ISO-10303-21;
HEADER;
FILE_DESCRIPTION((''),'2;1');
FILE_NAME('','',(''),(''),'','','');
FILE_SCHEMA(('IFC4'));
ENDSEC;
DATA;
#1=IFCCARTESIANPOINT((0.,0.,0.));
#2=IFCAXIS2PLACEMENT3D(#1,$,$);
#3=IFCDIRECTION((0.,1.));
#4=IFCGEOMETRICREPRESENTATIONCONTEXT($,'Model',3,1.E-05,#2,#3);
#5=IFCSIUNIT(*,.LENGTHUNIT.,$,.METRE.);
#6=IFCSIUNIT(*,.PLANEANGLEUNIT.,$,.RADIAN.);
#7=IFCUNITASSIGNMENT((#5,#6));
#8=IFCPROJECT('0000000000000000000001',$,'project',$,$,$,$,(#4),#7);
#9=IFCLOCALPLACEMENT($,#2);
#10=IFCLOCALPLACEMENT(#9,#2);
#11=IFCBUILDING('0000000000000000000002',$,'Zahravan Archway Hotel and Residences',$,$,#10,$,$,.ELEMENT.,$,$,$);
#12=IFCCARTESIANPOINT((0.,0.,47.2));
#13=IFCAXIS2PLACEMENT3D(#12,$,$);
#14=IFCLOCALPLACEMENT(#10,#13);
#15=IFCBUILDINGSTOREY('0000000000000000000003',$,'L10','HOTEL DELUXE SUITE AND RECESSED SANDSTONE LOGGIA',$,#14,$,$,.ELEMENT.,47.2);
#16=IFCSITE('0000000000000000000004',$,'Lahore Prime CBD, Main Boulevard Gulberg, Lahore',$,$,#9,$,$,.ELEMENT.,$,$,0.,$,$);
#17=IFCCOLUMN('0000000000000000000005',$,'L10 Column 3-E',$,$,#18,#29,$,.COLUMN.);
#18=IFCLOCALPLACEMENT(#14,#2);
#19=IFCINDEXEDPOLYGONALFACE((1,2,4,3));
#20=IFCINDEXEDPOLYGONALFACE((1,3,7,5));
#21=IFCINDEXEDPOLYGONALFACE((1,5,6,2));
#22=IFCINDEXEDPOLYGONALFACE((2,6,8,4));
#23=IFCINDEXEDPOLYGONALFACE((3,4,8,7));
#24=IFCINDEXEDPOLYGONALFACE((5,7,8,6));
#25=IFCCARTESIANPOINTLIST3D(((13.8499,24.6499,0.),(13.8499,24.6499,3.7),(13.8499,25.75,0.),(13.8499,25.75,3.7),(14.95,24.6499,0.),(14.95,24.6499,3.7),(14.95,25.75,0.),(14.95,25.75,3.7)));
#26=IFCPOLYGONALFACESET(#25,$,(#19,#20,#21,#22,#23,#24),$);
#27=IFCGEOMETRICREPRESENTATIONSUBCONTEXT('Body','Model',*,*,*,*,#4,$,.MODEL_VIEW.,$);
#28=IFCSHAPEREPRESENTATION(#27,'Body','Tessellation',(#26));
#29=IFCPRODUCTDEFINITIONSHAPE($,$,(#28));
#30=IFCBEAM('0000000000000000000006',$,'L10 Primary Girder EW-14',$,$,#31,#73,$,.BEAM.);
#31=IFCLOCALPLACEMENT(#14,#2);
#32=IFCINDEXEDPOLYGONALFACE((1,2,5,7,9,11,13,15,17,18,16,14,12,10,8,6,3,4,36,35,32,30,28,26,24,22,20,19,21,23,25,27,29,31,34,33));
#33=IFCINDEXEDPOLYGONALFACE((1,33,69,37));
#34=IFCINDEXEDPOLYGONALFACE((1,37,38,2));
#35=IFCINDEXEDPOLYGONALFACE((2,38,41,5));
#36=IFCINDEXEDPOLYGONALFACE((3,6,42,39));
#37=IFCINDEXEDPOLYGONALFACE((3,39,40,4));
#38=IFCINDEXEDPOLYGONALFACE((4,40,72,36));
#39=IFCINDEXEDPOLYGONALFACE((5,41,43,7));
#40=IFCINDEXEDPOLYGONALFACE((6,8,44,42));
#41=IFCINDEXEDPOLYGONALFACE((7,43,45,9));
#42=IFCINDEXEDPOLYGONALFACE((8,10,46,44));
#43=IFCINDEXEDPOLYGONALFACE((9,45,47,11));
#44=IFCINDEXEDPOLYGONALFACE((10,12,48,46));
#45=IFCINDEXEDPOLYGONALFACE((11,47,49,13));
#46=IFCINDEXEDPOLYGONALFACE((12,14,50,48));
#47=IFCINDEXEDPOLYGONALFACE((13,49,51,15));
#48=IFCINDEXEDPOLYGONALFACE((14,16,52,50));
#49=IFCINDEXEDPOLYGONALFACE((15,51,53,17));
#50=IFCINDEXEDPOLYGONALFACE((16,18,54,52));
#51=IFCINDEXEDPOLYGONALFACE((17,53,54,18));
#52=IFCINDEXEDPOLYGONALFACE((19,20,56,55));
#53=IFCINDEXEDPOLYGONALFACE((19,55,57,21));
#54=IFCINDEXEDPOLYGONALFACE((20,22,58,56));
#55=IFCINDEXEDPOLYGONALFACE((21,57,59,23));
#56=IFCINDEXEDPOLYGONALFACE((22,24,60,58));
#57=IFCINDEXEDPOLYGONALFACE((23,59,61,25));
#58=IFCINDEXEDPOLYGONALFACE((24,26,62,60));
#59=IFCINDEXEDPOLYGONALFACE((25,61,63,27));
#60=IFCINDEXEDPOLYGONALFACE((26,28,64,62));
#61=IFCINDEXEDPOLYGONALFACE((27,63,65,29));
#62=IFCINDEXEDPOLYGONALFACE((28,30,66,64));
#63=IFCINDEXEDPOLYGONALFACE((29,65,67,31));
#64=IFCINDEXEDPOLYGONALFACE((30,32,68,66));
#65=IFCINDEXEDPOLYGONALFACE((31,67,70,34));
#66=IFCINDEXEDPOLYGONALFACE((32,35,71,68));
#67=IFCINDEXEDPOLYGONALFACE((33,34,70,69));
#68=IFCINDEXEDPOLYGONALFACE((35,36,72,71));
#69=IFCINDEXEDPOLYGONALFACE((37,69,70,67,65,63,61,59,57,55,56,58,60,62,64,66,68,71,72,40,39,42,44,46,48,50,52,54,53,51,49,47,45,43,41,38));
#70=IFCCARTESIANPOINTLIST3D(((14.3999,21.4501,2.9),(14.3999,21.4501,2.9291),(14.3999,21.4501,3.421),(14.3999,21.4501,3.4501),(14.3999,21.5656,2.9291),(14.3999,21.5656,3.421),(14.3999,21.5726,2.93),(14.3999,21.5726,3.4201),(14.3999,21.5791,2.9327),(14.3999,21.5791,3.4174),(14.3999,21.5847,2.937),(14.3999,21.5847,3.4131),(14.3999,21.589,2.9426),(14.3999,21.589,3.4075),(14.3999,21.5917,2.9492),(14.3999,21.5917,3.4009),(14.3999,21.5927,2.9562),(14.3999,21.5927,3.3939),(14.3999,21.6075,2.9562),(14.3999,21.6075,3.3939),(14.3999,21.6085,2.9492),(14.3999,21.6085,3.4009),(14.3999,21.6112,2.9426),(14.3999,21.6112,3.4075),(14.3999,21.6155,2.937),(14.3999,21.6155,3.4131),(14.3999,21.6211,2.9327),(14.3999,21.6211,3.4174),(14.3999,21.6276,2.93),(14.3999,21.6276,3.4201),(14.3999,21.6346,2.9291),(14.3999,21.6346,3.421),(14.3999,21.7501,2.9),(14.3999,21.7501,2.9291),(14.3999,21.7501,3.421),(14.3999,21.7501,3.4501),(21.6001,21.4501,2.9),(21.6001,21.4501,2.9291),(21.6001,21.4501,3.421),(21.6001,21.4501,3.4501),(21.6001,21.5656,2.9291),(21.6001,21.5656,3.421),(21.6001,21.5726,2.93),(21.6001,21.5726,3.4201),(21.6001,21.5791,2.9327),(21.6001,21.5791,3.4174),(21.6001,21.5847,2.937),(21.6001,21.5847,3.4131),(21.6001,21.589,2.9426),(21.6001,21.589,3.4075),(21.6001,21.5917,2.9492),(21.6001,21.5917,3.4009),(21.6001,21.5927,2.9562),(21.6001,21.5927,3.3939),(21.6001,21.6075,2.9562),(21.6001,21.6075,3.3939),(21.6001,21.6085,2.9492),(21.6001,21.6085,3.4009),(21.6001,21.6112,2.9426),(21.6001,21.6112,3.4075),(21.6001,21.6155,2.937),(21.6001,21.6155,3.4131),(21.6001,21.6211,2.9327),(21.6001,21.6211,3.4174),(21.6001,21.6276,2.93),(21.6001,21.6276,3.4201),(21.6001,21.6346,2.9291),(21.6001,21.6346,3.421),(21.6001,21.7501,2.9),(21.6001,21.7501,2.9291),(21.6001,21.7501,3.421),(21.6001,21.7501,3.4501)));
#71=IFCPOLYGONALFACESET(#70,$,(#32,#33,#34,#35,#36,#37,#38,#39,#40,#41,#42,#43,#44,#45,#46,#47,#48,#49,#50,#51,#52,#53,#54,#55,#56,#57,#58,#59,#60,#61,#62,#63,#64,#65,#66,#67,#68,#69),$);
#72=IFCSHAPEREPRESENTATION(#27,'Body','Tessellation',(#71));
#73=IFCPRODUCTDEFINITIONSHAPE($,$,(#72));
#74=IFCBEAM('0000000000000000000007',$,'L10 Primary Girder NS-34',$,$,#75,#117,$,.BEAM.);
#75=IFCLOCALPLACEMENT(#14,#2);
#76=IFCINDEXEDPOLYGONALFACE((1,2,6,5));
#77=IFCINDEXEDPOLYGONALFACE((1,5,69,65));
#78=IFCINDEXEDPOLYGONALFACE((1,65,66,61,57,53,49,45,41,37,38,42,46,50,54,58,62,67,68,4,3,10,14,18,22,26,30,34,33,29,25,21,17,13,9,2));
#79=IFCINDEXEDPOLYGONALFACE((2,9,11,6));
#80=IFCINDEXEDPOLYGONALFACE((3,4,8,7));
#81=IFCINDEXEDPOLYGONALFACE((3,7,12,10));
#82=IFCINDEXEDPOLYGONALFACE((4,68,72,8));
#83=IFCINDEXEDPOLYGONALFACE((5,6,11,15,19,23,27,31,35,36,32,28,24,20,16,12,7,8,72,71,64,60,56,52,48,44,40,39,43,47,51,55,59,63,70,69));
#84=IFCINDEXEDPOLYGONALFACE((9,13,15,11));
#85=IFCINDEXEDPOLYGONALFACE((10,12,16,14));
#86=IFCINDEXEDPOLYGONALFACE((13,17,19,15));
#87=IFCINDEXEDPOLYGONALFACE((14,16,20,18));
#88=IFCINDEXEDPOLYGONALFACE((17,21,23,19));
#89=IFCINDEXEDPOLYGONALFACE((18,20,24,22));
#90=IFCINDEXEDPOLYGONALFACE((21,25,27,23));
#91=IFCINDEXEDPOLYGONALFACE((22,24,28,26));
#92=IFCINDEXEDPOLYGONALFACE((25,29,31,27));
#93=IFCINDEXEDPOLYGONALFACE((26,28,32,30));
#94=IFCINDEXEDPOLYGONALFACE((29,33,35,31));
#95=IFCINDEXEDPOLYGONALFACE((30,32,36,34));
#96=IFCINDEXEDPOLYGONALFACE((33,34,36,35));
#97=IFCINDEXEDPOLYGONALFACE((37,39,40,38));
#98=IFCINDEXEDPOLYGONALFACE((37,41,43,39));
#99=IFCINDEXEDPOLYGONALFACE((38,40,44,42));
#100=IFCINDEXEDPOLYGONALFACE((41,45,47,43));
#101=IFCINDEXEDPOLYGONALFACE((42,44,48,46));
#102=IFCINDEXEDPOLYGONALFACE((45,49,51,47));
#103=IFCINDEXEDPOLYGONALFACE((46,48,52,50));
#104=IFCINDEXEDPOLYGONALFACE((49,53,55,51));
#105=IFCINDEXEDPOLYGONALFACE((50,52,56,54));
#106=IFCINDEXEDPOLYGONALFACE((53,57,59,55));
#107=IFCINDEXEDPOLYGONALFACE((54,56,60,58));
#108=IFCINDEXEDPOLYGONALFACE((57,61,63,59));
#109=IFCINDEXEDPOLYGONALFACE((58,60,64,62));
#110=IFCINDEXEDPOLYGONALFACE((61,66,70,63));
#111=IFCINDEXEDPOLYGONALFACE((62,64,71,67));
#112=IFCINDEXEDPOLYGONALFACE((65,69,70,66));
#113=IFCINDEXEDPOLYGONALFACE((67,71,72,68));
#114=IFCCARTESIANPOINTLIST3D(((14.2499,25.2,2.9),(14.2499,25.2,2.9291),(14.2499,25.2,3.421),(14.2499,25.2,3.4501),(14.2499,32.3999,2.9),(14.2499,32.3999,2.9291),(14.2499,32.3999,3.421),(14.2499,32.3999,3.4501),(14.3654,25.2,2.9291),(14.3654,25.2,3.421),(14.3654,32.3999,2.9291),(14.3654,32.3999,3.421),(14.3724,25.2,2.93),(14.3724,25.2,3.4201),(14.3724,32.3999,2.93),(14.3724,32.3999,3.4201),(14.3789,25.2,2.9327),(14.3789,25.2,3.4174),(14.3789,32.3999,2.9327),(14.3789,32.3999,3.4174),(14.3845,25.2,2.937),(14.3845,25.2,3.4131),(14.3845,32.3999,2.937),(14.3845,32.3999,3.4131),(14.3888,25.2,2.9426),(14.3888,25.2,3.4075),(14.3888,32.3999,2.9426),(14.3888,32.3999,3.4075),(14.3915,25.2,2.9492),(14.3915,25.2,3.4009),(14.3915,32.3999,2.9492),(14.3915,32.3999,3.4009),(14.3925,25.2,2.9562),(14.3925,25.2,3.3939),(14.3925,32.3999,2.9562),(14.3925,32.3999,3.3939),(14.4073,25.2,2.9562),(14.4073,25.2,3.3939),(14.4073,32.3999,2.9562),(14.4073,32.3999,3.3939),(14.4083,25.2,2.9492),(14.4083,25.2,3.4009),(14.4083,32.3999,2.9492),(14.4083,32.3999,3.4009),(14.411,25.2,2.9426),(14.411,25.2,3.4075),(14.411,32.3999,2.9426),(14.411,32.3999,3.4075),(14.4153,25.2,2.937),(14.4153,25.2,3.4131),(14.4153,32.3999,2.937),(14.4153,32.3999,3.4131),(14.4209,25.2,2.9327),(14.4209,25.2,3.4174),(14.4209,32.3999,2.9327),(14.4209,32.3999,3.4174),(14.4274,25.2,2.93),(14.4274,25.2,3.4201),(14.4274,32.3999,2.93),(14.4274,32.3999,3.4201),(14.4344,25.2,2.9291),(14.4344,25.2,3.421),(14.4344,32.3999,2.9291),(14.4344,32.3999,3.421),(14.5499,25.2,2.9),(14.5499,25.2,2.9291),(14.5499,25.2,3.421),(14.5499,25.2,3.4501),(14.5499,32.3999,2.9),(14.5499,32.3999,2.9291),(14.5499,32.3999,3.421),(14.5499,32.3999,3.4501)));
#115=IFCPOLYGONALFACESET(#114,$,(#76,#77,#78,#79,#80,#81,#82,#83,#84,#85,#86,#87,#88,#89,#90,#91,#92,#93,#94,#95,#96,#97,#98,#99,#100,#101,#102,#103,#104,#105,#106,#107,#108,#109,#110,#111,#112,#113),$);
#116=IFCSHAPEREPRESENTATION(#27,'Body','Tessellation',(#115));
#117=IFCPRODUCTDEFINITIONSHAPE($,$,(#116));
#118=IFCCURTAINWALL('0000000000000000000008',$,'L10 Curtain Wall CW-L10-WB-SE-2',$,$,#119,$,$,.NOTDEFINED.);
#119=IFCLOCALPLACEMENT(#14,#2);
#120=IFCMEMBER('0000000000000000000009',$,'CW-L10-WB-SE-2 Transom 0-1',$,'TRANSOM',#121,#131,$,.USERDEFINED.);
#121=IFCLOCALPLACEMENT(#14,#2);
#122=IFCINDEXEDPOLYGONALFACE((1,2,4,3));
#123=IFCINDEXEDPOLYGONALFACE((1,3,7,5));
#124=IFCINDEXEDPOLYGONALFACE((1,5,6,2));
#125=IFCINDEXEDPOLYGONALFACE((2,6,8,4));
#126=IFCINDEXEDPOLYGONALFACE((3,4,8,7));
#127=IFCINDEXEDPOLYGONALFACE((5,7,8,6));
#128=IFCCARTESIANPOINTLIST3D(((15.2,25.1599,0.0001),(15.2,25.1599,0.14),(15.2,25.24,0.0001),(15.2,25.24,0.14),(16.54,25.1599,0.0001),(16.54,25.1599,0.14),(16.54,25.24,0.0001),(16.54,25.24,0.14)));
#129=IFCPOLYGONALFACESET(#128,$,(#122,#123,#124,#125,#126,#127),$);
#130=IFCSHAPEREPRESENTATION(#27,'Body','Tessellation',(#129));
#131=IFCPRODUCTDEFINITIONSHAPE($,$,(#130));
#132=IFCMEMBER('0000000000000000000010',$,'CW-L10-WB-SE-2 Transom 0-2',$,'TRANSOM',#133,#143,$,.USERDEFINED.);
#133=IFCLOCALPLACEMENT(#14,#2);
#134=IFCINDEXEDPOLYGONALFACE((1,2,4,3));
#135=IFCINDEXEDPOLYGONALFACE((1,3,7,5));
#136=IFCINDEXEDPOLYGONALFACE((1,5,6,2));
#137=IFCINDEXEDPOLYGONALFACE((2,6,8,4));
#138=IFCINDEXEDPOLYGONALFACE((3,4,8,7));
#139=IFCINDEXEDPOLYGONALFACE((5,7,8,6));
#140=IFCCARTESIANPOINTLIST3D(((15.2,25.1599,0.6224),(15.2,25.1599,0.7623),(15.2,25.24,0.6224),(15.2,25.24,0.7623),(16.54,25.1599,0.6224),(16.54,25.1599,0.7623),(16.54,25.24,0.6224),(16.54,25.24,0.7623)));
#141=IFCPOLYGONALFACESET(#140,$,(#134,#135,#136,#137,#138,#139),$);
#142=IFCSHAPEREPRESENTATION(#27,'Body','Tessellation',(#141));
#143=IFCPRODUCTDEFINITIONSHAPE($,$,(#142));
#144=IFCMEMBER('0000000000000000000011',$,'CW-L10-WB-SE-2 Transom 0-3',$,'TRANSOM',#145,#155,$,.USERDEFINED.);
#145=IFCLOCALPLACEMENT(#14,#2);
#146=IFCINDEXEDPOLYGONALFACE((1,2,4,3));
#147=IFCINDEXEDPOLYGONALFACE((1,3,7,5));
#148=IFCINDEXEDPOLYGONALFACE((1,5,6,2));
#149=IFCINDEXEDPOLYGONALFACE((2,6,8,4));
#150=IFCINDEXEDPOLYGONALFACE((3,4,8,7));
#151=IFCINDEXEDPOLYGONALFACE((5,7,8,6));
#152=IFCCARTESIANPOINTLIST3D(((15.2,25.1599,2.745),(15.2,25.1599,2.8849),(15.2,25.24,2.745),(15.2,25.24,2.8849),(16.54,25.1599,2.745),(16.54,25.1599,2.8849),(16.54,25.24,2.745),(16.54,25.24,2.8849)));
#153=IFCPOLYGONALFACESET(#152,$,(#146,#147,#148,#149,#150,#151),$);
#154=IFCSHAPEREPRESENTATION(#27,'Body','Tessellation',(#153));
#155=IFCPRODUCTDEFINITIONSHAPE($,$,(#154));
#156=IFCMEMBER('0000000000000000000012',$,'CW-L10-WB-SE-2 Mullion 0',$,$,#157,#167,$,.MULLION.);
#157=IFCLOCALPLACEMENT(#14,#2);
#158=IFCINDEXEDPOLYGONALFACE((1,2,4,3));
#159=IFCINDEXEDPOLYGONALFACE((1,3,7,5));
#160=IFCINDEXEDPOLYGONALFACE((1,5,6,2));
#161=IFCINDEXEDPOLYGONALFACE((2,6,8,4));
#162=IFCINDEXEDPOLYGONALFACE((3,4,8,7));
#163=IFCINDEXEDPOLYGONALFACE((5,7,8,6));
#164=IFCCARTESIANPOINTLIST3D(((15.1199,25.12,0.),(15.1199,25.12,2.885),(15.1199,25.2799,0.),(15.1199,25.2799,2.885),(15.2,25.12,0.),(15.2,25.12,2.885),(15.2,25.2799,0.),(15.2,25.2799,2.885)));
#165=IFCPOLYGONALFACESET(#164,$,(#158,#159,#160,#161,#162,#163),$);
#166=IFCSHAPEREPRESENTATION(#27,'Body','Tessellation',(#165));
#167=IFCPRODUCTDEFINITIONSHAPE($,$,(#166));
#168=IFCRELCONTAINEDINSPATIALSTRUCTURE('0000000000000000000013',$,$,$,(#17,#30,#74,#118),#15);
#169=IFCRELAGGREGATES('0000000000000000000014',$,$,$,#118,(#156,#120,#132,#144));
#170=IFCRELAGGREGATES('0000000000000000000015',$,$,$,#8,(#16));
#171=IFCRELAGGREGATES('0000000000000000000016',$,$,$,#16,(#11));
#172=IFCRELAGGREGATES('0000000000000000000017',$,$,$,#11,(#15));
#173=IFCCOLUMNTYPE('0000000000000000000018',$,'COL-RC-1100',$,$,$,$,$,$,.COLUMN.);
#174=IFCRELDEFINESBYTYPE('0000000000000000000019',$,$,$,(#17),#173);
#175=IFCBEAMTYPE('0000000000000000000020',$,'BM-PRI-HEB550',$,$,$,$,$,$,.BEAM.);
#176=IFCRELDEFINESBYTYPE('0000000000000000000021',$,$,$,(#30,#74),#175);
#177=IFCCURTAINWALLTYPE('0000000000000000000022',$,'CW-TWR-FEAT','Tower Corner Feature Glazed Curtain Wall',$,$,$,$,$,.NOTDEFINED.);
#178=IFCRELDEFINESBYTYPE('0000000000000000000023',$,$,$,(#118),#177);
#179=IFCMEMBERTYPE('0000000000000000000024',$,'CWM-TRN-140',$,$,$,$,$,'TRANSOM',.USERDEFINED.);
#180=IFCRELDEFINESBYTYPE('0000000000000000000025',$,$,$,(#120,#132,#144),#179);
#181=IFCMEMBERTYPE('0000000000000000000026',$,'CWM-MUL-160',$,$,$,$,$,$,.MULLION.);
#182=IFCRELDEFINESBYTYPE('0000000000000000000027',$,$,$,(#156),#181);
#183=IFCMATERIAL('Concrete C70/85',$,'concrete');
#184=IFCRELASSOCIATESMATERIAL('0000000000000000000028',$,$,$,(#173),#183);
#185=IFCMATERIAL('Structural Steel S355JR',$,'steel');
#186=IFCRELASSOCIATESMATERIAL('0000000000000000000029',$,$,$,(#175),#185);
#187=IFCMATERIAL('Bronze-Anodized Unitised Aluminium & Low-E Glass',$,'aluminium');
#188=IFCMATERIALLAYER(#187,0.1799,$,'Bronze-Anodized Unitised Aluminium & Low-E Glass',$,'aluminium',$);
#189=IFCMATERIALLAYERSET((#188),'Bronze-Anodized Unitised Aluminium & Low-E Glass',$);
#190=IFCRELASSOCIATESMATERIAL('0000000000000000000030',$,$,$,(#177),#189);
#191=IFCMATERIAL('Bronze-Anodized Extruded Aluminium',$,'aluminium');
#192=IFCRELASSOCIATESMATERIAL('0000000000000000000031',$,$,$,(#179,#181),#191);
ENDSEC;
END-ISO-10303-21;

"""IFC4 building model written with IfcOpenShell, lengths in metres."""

from ifc_helpers import new_model, si_unit, direction, frame, origin, origin_2d, place, context, subcontext, project, spatial, rectangle, i_section, extrude, source, transform, mapped, material, layer, layer_set, material_profile, profile_set, type_object, type_shapes, element, aggregate, save


model = new_model("IFC4")

# Units and contexts
model_context = context("Model", 3, precision=1e-05, world=origin(), true_north=direction((0.0, 1.0)))
body_context = subcontext(model_context, "Body", "Model", "MODEL_VIEW")
ifc_project = project(units=[si_unit("LENGTHUNIT", "METRE"), si_unit("PLANEANGLEUNIT", "RADIAN")], contexts=[model_context])

# Site, building, storey
site_placement = place(None, origin())
site = spatial("IfcSite", under=ifc_project, at=site_placement, Name="Lahore Prime CBD, Main Boulevard Gulberg, Lahore", CompositionType="ELEMENT", RefElevation=0.0)
building_placement = place(site_placement, origin())
building = spatial("IfcBuilding", under=site, at=building_placement, Name="Zahravan Archway Hotel and Residences", CompositionType="ELEMENT")
storey_placement = place(building_placement, frame((0.0, 0.0, 47.2)))
storey = spatial("IfcBuildingStorey", under=building, at=storey_placement, Name="L10", Description="HOTEL DELUXE SUITE AND RECESSED SANDSTONE LOGGIA", CompositionType="ELEMENT", Elevation=47.2)

# Column
ifc_material_1 = material(Name="Concrete C70/85", Category="concrete")
ifc_material_profile_1 = material_profile(ifc_material_1, rectangle(XDim=1.1001, YDim=1.1001, at=origin_2d()), Name="RC 1100x1100", Category="concrete")
ifc_profile_set_1 = profile_set([ifc_material_profile_1], Name="Concrete C70/85")
column_type = type_object("IfcColumnType", Name="COL-RC-1100", PredefinedType="COLUMN", material=ifc_profile_set_1)
shared_shape_1 = source(origin(), body_context, "Body", "SweptSolid", [
    extrude(rectangle(XDim=1.1001, YDim=1.1001, at=origin_2d()), origin(), (0.0, 0.0, 1.0), 3.7),
])
column_placement = place(storey_placement, frame((14.3999, 25.2, 0.0), z_axis=(0.0, 0.0, 1.0), x_axis=(1.0, 0.0, 0.0)))
element("IfcColumn", 1, at=column_placement, inside=storey, type_object=column_type, Name="L10 Column 3-E", PredefinedType="COLUMN", context=body_context, shape_type="MappedRepresentation", body=[
    mapped(shared_shape_1, transform((0.0, 0.0, 0.0), scale=1.0)),
])

# Beams
ifc_material_2 = material(Name="Structural Steel S355JR", Category="steel")
ifc_material_profile_2 = material_profile(ifc_material_2, i_section(OverallWidth=0.3, OverallDepth=0.55, WebThickness=0.0149, FlangeThickness=0.0291, FilletRadius=0.0271, at=origin_2d()), Name="HEB 550", Category="steel")
ifc_profile_set_2 = profile_set([ifc_material_profile_2], Name="Structural Steel S355JR")
beam_type = type_object("IfcBeamType", Name="BM-PRI-HEB550", PredefinedType="BEAM", material=ifc_profile_set_2)
shared_shape_2 = source(origin(), body_context, "Body", "SweptSolid", [
    extrude(i_section(OverallWidth=0.3, OverallDepth=0.55, WebThickness=0.0149, FlangeThickness=0.0291, FilletRadius=0.0271, at=origin_2d()), origin(), (0.0, 0.0, 1.0), 7.2002),
])
type_shapes(beam_type, [shared_shape_2])
beam_1_placement = place(storey_placement, frame((14.3999, 21.6001, 3.175), z_axis=(1.0, 0.0, 0.0), x_axis=(0.0, 1.0, 0.0)))
element("IfcBeam", 2, at=beam_1_placement, inside=storey, type_object=beam_type, Name="L10 Primary Girder EW-14", PredefinedType="BEAM", context=body_context, shape_type="MappedRepresentation", body=[
    mapped(shared_shape_2, transform((0.0, 0.0, 0.0), scale=1.0)),
])
shared_shape_3 = source(origin(), body_context, "Body", "SweptSolid", [
    extrude(i_section(OverallWidth=0.3, OverallDepth=0.55, WebThickness=0.0149, FlangeThickness=0.0291, FilletRadius=0.0271, at=origin_2d()), origin(), (0.0, 0.0, 1.0), 7.2),
])
beam_2_placement = place(storey_placement, frame((14.3999, 25.2, 3.175), z_axis=(0.0, 1.0, 0.0), x_axis=(-1.0, 0.0, 0.0)))
element("IfcBeam", 3, at=beam_2_placement, inside=storey, type_object=beam_type, Name="L10 Primary Girder NS-34", PredefinedType="BEAM", context=body_context, shape_type="MappedRepresentation", body=[
    mapped(shared_shape_3, transform((0.0, 0.0, 0.0), scale=1.0)),
])

# Curtain wall, members
ifc_material_3 = material(Name="Bronze-Anodized Unitised Aluminium & Low-E Glass", Category="aluminium")
ifc_layer_1 = layer(ifc_material_3, 0.1799, Name="Bronze-Anodized Unitised Aluminium & Low-E Glass", Category="aluminium")
ifc_layer_set_1 = layer_set([ifc_layer_1], Name="Bronze-Anodized Unitised Aluminium & Low-E Glass")
curtain_wall_type = type_object("IfcCurtainWallType", Name="CW-TWR-FEAT", Description="Tower Corner Feature Glazed Curtain Wall", PredefinedType="NOTDEFINED", material=ifc_layer_set_1)
curtain_wall_placement = place(storey_placement, origin())
curtain_wall = element("IfcCurtainWall", 4, at=curtain_wall_placement, inside=storey, type_object=curtain_wall_type, Name="L10 Curtain Wall CW-L10-WB-SE-2", PredefinedType="NOTDEFINED")
ifc_material_4 = material(Name="Bronze-Anodized Extruded Aluminium", Category="aluminium")
ifc_material_profile_3 = material_profile(ifc_material_4, rectangle(XDim=0.0801, YDim=0.1399, at=origin_2d()), Name="TRN 80x140", Category="aluminium")
ifc_profile_set_3 = profile_set([ifc_material_profile_3], Name="Bronze-Anodized Extruded Aluminium")
member_type_1 = type_object("IfcMemberType", Name="CWM-TRN-140", ElementType="TRANSOM", PredefinedType="USERDEFINED", material=ifc_profile_set_3)
shared_shape_4 = source(origin(), body_context, "Body", "SweptSolid", [
    extrude(rectangle(XDim=0.0801, YDim=0.1399, at=origin_2d()), origin(), (0.0, 0.0, 1.0), 1.3401),
])
member_1_placement = place(storey_placement, frame((15.2, 25.2, 0.0701), z_axis=(1.0, 0.0, 0.0), x_axis=(0.0, 1.0, 0.0)))
member_1 = element("IfcMember", 5, at=member_1_placement, type_object=member_type_1, Name="CW-L10-WB-SE-2 Transom 0-1", ObjectType="TRANSOM", PredefinedType="USERDEFINED", context=body_context, shape_type="MappedRepresentation", body=[
    mapped(shared_shape_4, transform((0.0, 0.0, 0.0), scale=1.0)),
])
member_2_placement = place(storey_placement, frame((15.2, 25.2, 0.6924), z_axis=(1.0, 0.0, 0.0), x_axis=(0.0, 1.0, 0.0)))
member_2 = element("IfcMember", 6, at=member_2_placement, type_object=member_type_1, Name="CW-L10-WB-SE-2 Transom 0-2", ObjectType="TRANSOM", PredefinedType="USERDEFINED", context=body_context, shape_type="MappedRepresentation", body=[
    mapped(shared_shape_4, transform((0.0, 0.0, 0.0), scale=1.0)),
])
member_3_placement = place(storey_placement, frame((15.2, 25.2, 2.8149), z_axis=(1.0, 0.0, 0.0), x_axis=(0.0, 1.0, 0.0)))
member_3 = element("IfcMember", 7, at=member_3_placement, type_object=member_type_1, Name="CW-L10-WB-SE-2 Transom 0-3", ObjectType="TRANSOM", PredefinedType="USERDEFINED", context=body_context, shape_type="MappedRepresentation", body=[
    mapped(shared_shape_4, transform((0.0, 0.0, 0.0), scale=1.0)),
])
ifc_material_profile_4 = material_profile(ifc_material_4, rectangle(XDim=0.0801, YDim=0.1599, at=origin_2d()), Name="MUL 80x160", Category="aluminium")
ifc_profile_set_4 = profile_set([ifc_material_profile_4], Name="Bronze-Anodized Extruded Aluminium")
member_type_2 = type_object("IfcMemberType", Name="CWM-MUL-160", PredefinedType="MULLION", material=ifc_profile_set_4)
shared_shape_5 = source(origin(), body_context, "Body", "SweptSolid", [
    extrude(rectangle(XDim=0.0801, YDim=0.1599, at=origin_2d()), origin(), (0.0, 0.0, 1.0), 2.885),
])
member_4_placement = place(storey_placement, frame((15.1599, 25.2, 0.0), z_axis=(0.0, 0.0, 1.0), x_axis=(1.0, 0.0, 0.0)))
member_4 = element("IfcMember", 8, at=member_4_placement, type_object=member_type_2, Name="CW-L10-WB-SE-2 Mullion 0", PredefinedType="MULLION", context=body_context, shape_type="MappedRepresentation", body=[
    mapped(shared_shape_5, transform((0.0, 0.0, 0.0), scale=1.0)),
])
aggregate(curtain_wall, [member_4, member_1, member_2, member_3])

save(model, "model.ifc")
